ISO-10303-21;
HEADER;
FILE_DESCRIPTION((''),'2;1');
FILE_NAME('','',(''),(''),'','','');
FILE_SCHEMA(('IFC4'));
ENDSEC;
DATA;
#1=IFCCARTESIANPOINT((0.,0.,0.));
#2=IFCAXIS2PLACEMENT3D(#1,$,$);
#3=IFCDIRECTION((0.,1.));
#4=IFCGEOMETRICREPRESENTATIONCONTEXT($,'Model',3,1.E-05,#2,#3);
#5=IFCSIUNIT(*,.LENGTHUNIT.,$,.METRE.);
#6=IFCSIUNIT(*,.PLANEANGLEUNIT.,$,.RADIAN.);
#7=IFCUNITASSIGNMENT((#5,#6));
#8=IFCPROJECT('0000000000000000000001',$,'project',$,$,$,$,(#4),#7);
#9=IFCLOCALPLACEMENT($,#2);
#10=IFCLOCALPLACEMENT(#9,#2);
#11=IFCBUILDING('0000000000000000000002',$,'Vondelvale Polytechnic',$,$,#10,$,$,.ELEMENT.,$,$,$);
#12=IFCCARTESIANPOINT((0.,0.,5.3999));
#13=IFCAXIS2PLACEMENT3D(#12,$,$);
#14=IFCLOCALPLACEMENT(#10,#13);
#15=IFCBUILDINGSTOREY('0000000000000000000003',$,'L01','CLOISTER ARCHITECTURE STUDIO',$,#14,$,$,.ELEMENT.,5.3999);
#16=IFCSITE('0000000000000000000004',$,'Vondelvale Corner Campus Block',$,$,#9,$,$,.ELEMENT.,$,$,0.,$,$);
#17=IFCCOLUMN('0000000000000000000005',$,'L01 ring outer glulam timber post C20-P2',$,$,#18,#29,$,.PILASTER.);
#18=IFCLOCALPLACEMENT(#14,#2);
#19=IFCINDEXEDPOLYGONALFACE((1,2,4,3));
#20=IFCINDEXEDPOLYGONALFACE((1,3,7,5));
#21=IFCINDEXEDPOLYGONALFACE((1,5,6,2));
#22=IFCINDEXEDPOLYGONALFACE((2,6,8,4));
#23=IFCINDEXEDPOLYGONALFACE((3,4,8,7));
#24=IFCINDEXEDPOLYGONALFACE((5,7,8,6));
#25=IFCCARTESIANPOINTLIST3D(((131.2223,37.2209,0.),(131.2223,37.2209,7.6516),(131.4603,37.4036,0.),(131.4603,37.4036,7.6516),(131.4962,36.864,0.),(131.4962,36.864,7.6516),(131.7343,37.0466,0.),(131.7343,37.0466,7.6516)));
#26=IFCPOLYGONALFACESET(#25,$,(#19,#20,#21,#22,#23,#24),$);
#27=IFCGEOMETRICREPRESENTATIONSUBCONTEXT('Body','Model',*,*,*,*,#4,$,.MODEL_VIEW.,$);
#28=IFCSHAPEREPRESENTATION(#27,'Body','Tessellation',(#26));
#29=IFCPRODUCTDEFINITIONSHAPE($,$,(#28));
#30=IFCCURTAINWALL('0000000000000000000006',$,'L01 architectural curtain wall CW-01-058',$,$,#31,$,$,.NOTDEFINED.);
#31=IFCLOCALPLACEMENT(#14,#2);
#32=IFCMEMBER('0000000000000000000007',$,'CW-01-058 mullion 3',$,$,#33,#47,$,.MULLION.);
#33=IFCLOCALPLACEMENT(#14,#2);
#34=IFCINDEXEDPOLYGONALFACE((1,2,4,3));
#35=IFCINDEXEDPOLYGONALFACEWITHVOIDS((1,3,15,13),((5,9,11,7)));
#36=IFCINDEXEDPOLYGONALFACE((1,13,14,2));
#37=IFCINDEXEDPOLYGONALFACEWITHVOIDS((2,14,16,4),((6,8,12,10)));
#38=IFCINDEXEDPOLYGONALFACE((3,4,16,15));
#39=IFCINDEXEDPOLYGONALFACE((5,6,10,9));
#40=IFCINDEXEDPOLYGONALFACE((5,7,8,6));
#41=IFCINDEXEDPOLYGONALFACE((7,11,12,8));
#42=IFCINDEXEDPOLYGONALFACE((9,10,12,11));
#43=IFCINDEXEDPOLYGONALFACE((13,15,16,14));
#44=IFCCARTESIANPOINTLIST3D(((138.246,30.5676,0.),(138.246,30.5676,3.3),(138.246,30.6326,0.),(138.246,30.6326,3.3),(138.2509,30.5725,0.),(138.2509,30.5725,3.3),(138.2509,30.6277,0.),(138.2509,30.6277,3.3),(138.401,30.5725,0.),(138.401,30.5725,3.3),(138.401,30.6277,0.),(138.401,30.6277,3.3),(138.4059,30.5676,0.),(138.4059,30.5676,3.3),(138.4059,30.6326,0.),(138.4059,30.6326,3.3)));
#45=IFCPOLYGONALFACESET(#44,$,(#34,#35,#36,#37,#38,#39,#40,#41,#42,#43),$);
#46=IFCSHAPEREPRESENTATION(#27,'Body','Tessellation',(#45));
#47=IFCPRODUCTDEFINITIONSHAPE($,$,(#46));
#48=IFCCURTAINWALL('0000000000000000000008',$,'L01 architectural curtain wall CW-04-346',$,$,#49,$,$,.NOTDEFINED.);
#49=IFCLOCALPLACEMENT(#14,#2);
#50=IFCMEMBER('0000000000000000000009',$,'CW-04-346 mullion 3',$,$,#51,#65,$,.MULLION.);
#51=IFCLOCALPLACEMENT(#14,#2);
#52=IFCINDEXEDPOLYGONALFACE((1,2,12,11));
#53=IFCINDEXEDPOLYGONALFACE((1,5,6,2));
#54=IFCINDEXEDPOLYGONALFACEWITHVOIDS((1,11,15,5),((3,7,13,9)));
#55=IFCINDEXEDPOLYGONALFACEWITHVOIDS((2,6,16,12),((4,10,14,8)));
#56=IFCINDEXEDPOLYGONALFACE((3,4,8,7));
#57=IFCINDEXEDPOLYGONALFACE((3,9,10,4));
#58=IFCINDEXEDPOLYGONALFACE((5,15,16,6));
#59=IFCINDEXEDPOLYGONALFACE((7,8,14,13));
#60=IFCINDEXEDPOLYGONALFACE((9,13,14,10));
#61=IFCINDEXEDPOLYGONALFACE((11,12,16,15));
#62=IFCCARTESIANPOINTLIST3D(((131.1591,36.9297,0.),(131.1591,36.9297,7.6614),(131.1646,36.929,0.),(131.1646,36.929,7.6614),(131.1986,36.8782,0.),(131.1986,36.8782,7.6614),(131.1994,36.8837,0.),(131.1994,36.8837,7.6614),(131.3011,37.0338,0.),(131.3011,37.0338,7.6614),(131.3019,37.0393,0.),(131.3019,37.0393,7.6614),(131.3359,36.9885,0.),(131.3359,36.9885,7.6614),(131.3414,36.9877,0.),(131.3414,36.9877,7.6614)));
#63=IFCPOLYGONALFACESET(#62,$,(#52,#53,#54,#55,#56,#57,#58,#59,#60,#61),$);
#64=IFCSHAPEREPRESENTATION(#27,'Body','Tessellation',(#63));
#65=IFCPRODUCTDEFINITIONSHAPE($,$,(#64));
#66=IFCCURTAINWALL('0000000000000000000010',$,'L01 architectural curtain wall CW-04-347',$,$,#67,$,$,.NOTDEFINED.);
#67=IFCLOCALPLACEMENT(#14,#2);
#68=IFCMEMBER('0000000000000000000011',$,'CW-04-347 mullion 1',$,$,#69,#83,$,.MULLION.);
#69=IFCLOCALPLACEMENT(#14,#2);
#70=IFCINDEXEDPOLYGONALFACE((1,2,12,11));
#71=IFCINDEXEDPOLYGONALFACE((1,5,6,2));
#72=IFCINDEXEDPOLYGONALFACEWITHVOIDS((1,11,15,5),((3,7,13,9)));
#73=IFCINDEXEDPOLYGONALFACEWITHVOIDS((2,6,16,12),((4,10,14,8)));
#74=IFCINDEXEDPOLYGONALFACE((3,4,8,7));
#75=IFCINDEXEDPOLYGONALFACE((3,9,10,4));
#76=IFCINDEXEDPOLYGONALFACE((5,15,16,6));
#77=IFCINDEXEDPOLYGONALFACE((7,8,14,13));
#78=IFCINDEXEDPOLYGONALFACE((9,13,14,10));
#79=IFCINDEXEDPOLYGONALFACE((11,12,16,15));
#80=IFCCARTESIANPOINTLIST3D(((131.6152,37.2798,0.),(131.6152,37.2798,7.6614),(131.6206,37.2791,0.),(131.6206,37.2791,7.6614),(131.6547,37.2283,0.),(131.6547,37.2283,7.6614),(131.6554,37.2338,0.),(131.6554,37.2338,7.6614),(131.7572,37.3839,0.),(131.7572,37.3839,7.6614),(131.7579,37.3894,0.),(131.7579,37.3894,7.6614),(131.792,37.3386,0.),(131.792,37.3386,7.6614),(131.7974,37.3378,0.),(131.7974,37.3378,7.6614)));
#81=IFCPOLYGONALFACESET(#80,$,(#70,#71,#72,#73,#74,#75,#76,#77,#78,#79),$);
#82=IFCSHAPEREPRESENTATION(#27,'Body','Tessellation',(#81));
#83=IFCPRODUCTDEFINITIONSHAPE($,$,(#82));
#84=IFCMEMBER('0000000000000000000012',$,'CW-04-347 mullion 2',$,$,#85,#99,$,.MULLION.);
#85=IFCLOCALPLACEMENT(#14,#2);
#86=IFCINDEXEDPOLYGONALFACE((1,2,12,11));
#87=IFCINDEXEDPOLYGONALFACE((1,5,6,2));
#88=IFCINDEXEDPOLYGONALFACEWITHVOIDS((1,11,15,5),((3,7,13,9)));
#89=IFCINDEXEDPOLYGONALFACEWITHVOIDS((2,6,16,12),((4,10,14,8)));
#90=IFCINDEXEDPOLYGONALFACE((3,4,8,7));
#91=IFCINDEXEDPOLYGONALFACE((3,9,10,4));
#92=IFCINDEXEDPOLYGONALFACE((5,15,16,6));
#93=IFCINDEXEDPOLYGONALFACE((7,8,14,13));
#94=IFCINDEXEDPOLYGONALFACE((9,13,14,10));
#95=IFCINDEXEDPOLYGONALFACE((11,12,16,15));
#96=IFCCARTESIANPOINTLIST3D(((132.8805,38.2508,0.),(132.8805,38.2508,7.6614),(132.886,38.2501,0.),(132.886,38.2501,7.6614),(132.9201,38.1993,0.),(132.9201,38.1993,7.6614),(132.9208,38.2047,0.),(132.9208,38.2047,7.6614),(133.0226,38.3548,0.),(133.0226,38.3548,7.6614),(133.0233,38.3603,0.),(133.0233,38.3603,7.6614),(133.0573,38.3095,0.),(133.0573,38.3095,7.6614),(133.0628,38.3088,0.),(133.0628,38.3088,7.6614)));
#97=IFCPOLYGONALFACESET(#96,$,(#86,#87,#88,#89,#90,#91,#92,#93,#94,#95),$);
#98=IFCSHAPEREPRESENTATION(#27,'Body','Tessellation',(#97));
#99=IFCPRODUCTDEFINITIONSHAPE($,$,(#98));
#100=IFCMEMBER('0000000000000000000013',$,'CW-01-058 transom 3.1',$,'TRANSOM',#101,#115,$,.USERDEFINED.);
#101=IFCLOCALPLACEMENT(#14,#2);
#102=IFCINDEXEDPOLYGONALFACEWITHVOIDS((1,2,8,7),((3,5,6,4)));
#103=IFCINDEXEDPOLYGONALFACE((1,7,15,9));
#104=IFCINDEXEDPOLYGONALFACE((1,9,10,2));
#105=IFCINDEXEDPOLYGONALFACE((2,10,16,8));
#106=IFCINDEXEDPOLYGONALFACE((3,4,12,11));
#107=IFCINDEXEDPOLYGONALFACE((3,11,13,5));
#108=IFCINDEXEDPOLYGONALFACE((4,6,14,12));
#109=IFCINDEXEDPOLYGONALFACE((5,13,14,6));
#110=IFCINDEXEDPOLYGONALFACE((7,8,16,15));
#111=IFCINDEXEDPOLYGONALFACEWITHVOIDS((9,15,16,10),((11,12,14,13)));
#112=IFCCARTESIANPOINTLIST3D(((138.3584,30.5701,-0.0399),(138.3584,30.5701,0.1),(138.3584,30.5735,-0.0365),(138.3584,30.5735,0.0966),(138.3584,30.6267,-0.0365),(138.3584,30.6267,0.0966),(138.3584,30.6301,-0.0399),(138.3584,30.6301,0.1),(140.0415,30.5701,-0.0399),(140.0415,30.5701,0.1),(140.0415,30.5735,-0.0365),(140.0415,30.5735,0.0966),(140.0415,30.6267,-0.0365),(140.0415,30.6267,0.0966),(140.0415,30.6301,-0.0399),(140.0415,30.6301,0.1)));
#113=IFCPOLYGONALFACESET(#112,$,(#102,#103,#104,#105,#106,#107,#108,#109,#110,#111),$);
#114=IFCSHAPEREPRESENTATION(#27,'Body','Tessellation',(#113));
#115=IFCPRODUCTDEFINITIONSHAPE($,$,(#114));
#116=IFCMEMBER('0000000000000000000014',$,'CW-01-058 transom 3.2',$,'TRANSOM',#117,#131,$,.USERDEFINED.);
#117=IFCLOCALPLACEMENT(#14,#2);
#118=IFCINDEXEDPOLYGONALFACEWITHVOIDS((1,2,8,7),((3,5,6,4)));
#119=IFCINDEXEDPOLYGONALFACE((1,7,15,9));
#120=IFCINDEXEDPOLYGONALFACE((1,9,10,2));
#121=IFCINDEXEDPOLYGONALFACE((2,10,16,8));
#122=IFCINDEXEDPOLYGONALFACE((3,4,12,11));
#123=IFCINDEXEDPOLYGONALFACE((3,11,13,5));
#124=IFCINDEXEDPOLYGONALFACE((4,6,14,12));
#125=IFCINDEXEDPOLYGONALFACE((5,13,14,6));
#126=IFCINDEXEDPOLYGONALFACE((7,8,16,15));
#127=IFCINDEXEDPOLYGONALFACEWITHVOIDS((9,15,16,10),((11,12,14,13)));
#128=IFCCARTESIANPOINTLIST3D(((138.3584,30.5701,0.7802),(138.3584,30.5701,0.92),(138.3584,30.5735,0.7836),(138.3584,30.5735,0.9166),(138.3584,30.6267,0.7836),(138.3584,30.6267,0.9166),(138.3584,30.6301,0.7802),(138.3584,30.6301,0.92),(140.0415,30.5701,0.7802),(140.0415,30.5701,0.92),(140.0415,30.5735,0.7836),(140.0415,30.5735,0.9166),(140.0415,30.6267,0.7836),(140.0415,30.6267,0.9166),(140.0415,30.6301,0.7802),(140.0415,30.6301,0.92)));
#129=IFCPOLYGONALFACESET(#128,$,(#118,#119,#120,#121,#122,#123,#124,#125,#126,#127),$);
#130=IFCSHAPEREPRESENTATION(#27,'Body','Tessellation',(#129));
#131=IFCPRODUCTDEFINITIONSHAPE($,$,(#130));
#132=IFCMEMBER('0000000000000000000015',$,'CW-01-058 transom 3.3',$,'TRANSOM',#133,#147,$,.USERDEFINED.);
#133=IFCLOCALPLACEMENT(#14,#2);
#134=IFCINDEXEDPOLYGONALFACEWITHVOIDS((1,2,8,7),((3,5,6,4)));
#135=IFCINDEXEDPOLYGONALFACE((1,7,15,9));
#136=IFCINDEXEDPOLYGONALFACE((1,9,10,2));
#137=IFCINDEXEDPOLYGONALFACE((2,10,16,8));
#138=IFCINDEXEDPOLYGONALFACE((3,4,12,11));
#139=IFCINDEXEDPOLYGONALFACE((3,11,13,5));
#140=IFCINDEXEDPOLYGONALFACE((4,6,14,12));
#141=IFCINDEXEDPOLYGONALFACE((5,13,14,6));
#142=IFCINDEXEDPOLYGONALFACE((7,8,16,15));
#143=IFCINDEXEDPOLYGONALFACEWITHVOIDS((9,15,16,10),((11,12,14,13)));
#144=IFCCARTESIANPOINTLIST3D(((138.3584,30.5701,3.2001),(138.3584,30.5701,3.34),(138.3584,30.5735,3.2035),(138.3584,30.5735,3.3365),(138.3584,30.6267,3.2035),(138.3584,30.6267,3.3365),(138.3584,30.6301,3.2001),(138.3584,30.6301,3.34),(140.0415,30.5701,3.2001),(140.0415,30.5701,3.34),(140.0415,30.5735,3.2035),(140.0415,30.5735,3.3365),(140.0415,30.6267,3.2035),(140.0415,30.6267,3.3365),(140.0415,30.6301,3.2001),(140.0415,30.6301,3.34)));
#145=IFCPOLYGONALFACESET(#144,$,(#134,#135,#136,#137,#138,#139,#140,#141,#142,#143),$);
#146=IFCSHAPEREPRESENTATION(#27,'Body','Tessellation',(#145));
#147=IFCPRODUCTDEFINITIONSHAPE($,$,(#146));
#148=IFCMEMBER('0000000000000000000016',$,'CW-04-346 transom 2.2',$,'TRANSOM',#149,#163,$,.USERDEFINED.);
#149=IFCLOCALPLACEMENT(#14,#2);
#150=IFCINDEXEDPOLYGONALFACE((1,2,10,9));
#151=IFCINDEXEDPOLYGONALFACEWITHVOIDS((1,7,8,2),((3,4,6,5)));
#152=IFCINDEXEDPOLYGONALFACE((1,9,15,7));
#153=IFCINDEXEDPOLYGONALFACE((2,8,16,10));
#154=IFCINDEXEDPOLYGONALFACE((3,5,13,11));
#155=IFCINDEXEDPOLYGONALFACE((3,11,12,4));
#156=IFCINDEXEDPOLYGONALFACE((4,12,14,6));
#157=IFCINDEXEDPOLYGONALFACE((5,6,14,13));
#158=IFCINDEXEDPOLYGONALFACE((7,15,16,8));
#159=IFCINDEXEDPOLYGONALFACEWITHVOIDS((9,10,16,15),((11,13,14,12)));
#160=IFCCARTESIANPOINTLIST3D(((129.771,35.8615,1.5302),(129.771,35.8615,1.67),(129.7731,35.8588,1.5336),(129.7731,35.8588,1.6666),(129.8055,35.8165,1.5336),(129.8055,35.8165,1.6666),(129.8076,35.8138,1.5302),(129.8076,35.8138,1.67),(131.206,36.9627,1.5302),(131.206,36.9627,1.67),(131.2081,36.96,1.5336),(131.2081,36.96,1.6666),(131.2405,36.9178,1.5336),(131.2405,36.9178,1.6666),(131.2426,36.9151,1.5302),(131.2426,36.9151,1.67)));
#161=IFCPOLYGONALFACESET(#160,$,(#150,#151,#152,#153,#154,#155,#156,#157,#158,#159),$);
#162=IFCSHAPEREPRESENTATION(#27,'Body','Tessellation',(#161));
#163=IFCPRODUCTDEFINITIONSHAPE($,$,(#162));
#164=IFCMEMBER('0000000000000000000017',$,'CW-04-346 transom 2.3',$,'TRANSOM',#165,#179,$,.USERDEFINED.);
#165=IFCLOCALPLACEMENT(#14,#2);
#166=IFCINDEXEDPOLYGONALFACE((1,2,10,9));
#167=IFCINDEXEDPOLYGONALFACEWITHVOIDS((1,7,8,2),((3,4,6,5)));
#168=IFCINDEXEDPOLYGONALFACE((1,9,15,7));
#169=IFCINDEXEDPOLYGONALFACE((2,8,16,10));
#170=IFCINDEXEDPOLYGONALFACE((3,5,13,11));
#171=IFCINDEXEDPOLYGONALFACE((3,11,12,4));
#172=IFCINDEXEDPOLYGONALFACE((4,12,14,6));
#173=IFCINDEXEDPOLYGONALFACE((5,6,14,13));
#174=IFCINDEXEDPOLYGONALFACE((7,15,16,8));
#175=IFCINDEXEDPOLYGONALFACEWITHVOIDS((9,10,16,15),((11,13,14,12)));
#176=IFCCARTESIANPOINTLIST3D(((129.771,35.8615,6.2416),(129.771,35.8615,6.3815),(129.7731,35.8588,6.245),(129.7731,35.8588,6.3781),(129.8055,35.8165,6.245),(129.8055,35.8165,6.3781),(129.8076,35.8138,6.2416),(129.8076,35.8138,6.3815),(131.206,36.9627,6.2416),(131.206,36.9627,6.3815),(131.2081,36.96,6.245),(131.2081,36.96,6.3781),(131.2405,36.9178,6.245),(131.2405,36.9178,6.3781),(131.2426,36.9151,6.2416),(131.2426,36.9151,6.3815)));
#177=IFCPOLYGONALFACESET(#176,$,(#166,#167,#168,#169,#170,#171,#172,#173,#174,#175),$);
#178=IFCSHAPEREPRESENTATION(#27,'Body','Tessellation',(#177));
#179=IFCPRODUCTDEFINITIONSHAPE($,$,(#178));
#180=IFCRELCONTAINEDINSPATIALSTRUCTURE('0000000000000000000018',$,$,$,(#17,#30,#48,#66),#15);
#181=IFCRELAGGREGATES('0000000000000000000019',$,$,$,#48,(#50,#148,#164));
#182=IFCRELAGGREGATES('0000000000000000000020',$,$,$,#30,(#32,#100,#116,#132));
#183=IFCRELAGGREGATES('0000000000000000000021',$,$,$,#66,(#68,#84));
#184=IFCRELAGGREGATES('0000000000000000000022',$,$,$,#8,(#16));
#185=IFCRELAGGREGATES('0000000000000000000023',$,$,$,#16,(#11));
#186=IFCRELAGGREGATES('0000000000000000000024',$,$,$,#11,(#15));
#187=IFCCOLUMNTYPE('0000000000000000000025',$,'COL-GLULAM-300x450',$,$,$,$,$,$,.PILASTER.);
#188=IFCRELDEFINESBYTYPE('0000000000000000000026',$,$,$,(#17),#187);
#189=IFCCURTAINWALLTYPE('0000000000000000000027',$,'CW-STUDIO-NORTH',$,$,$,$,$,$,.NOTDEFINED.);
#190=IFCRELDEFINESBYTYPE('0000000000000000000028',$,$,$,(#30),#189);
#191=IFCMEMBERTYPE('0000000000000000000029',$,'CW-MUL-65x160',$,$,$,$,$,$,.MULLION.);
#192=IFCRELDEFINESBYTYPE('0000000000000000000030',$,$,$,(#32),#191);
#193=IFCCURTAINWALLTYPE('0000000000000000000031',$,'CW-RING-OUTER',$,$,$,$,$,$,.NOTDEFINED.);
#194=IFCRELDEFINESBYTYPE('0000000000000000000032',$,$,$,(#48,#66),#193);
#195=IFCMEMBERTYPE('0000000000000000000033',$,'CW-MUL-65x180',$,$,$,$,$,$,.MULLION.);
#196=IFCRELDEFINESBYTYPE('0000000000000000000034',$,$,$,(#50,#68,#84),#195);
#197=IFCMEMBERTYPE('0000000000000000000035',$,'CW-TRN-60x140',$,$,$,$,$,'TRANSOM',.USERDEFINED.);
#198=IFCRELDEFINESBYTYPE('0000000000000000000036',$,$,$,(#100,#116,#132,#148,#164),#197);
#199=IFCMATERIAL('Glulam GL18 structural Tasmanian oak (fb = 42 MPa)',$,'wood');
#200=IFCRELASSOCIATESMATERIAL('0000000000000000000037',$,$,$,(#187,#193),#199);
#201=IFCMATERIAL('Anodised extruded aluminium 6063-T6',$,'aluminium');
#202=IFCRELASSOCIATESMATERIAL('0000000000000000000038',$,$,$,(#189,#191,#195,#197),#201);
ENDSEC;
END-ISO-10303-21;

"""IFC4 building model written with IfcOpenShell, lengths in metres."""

from ifc_helpers import new_model, si_unit, direction, frame, origin, origin_2d, place, context, subcontext, project, spatial, rectangle, hollow_rectangle, extrude, material, material_profile, profile_set, type_object, element, aggregate, save


model = new_model("IFC4")

# Units and contexts
model_context = context("Model", 3, precision=1e-05, world=origin(), true_north=direction((0.0, 1.0)))
body_context = subcontext(model_context, "Body", "Model", "MODEL_VIEW")
ifc_project = project(units=[si_unit("LENGTHUNIT", "METRE"), si_unit("PLANEANGLEUNIT", "RADIAN")], contexts=[model_context])

# Site, building, storey
site_placement = place(None, origin())
site = spatial("IfcSite", under=ifc_project, at=site_placement, Name="Vondelvale Corner Campus Block", CompositionType="ELEMENT", RefElevation=0.0)
building_placement = place(site_placement, origin())
building = spatial("IfcBuilding", under=site, at=building_placement, Name="Vondelvale Polytechnic", CompositionType="ELEMENT")
storey_placement = place(building_placement, frame((0.0, 0.0, 5.3999)))
storey = spatial("IfcBuildingStorey", under=building, at=storey_placement, Name="L01", Description="CLOISTER ARCHITECTURE STUDIO", CompositionType="ELEMENT", Elevation=5.3999)

# Column
ifc_material_1 = material(Name="Glulam GL18 structural Tasmanian oak (fb = 42 MPa)", Category="wood")
ifc_material_profile_1 = material_profile(ifc_material_1, rectangle(XDim=0.3, YDim=0.45, at=origin_2d()), Name="GL-POST-300x450")
ifc_profile_set_1 = profile_set([ifc_material_profile_1], Name="Glulam GL18 structural Tasmanian oak (fb = 42 MPa)")
column_type = type_object("IfcColumnType", Name="COL-GLULAM-300x450", PredefinedType="PILASTER", material=ifc_profile_set_1)
column_placement = place(storey_placement, frame((131.4783, 37.1338, 0.0), z_axis=(0.0, 0.0, 1.0), x_axis=(0.793353, 0.608761, 0.0)))
element("IfcColumn", 1, at=column_placement, inside=storey, type_object=column_type, Name="L01 ring outer glulam timber post C20-P2", PredefinedType="PILASTER", context=body_context, shape_type="SweptSolid", body=[
    extrude(rectangle(XDim=0.3, YDim=0.45, at=origin_2d()), origin(), (0.0, 0.0, 1.0), 7.6516),
])

# Curtain walls, members
ifc_material_2 = material(Name="Anodised extruded aluminium 6063-T6", Category="aluminium")
curtain_wall_type_1 = type_object("IfcCurtainWallType", Name="CW-STUDIO-NORTH", PredefinedType="NOTDEFINED", material=ifc_material_2)
curtain_wall_1_placement = place(storey_placement, origin())
curtain_wall_1 = element("IfcCurtainWall", 2, at=curtain_wall_1_placement, inside=storey, type_object=curtain_wall_type_1, Name="L01 architectural curtain wall CW-01-058", PredefinedType="NOTDEFINED")
ifc_material_profile_2 = material_profile(ifc_material_2, hollow_rectangle(XDim=0.0649, YDim=0.1599, WallThickness=0.0049, at=origin_2d()), Name="CW-MUL-160x65")
ifc_profile_set_2 = profile_set([ifc_material_profile_2], Name="Anodised extruded aluminium 6063-T6")
member_type_1 = type_object("IfcMemberType", Name="CW-MUL-65x160", PredefinedType="MULLION", material=ifc_profile_set_2)
member_1_placement = place(storey_placement, frame((138.3259, 30.6001, 0.0), z_axis=(0.0, 0.0, 1.0), x_axis=(0.0, 1.0, 0.0)))
member_1 = element("IfcMember", 3, at=member_1_placement, type_object=member_type_1, Name="CW-01-058 mullion 3", PredefinedType="MULLION", context=body_context, shape_type="SweptSolid", body=[
    extrude(hollow_rectangle(XDim=0.0649, YDim=0.1599, WallThickness=0.0049, at=origin_2d()), origin(), (0.0, 0.0, 1.0), 3.3),
])
curtain_wall_type_2 = type_object("IfcCurtainWallType", Name="CW-RING-OUTER", PredefinedType="NOTDEFINED", material=ifc_material_1)
curtain_wall_2_placement = place(storey_placement, origin())
curtain_wall_2 = element("IfcCurtainWall", 4, at=curtain_wall_2_placement, inside=storey, type_object=curtain_wall_type_2, Name="L01 architectural curtain wall CW-04-346", PredefinedType="NOTDEFINED")
ifc_material_profile_3 = material_profile(ifc_material_2, hollow_rectangle(XDim=0.0649, YDim=0.1799, WallThickness=0.0039, at=origin_2d()), Name="CW-MUL-180x65")
ifc_profile_set_3 = profile_set([ifc_material_profile_3], Name="Anodised extruded aluminium 6063-T6")
member_type_2 = type_object("IfcMemberType", Name="CW-MUL-65x180", PredefinedType="MULLION", material=ifc_profile_set_3)
member_2_placement = place(storey_placement, frame((131.2502, 36.9587, 0.0), z_axis=(0.0, 0.0, 1.0), x_axis=(-0.608771, 0.793346, 0.0)))
member_2 = element("IfcMember", 5, at=member_2_placement, type_object=member_type_2, Name="CW-04-346 mullion 3", PredefinedType="MULLION", context=body_context, shape_type="SweptSolid", body=[
    extrude(hollow_rectangle(XDim=0.0649, YDim=0.1799, WallThickness=0.0039, at=origin_2d()), origin(), (0.0, 0.0, 1.0), 7.6614),
])

# Curtain wall, members
curtain_wall_3_placement = place(storey_placement, origin())
curtain_wall_3 = element("IfcCurtainWall", 6, at=curtain_wall_3_placement, inside=storey, type_object=curtain_wall_type_2, Name="L01 architectural curtain wall CW-04-347", PredefinedType="NOTDEFINED")
member_3_placement = place(storey_placement, frame((131.7063, 37.3088, 0.0), z_axis=(0.0, 0.0, 1.0), x_axis=(-0.608787, 0.793334, 0.0)))
member_3 = element("IfcMember", 7, at=member_3_placement, type_object=member_type_2, Name="CW-04-347 mullion 1", PredefinedType="MULLION", context=body_context, shape_type="SweptSolid", body=[
    extrude(hollow_rectangle(XDim=0.0649, YDim=0.1799, WallThickness=0.0039, at=origin_2d()), origin(), (0.0, 0.0, 1.0), 7.6614),
])
member_4_placement = place(storey_placement, frame((132.9717, 38.2798, 0.0), z_axis=(0.0, 0.0, 1.0), x_axis=(-0.608787, 0.793334, 0.0)))
member_4 = element("IfcMember", 8, at=member_4_placement, type_object=member_type_2, Name="CW-04-347 mullion 2", PredefinedType="MULLION", context=body_context, shape_type="SweptSolid", body=[
    extrude(hollow_rectangle(XDim=0.0649, YDim=0.1799, WallThickness=0.0039, at=origin_2d()), origin(), (0.0, 0.0, 1.0), 7.6614),
])

# Members
ifc_material_profile_4 = material_profile(ifc_material_2, hollow_rectangle(XDim=0.0601, YDim=0.1399, WallThickness=0.0034, at=origin_2d()), Name="CW-TRN-140x60")
ifc_profile_set_4 = profile_set([ifc_material_profile_4], Name="Anodised extruded aluminium 6063-T6")
member_type_3 = type_object("IfcMemberType", Name="CW-TRN-60x140", ElementType="TRANSOM", PredefinedType="USERDEFINED", material=ifc_profile_set_4)
member_5_placement = place(storey_placement, frame((138.3584, 30.6001, 0.03), z_axis=(1.0, 0.0, 0.0), x_axis=(0.0, 1.0, 0.0)))
member_5 = element("IfcMember", 9, at=member_5_placement, type_object=member_type_3, Name="CW-01-058 transom 3.1", ObjectType="TRANSOM", PredefinedType="USERDEFINED", context=body_context, shape_type="SweptSolid", body=[
    extrude(hollow_rectangle(XDim=0.0601, YDim=0.1399, WallThickness=0.0034, at=origin_2d()), origin(), (0.0, 0.0, 1.0), 1.6831),
])
member_6_placement = place(storey_placement, frame((138.3584, 30.6001, 0.8501), z_axis=(1.0, 0.0, 0.0), x_axis=(0.0, 1.0, 0.0)))
member_6 = element("IfcMember", 10, at=member_6_placement, type_object=member_type_3, Name="CW-01-058 transom 3.2", ObjectType="TRANSOM", PredefinedType="USERDEFINED", context=body_context, shape_type="SweptSolid", body=[
    extrude(hollow_rectangle(XDim=0.0601, YDim=0.1399, WallThickness=0.0034, at=origin_2d()), origin(), (0.0, 0.0, 1.0), 1.6831),
])
member_7_placement = place(storey_placement, frame((138.3584, 30.6001, 3.27), z_axis=(1.0, 0.0, 0.0), x_axis=(0.0, 1.0, 0.0)))
member_7 = element("IfcMember", 11, at=member_7_placement, type_object=member_type_3, Name="CW-01-058 transom 3.3", ObjectType="TRANSOM", PredefinedType="USERDEFINED", context=body_context, shape_type="SweptSolid", body=[
    extrude(hollow_rectangle(XDim=0.0601, YDim=0.1399, WallThickness=0.0034, at=origin_2d()), origin(), (0.0, 0.0, 1.0), 1.6831),
])
member_8_placement = place(storey_placement, frame((129.7893, 35.8376, 1.6001), z_axis=(0.793311, 0.608817, 0.0), x_axis=(-0.608817, 0.793311, 0.0)))
member_8 = element("IfcMember", 12, at=member_8_placement, type_object=member_type_3, Name="CW-04-346 transom 2.2", ObjectType="TRANSOM", PredefinedType="USERDEFINED", context=body_context, shape_type="SweptSolid", body=[
    extrude(hollow_rectangle(XDim=0.0601, YDim=0.1399, WallThickness=0.0034, at=origin_2d()), origin(), (0.0, 0.0, 1.0), 1.8088),
])
member_9_placement = place(storey_placement, frame((129.7893, 35.8376, 6.3115), z_axis=(0.793311, 0.608817, 0.0), x_axis=(-0.608817, 0.793311, 0.0)))
member_9 = element("IfcMember", 13, at=member_9_placement, type_object=member_type_3, Name="CW-04-346 transom 2.3", ObjectType="TRANSOM", PredefinedType="USERDEFINED", context=body_context, shape_type="SweptSolid", body=[
    extrude(hollow_rectangle(XDim=0.0601, YDim=0.1399, WallThickness=0.0034, at=origin_2d()), origin(), (0.0, 0.0, 1.0), 1.8088),
])

aggregate(curtain_wall_2, [member_2, member_8, member_9])
aggregate(curtain_wall_1, [member_1, member_5, member_6, member_7])
aggregate(curtain_wall_3, [member_3, member_4])

save(model, "model.ifc")
